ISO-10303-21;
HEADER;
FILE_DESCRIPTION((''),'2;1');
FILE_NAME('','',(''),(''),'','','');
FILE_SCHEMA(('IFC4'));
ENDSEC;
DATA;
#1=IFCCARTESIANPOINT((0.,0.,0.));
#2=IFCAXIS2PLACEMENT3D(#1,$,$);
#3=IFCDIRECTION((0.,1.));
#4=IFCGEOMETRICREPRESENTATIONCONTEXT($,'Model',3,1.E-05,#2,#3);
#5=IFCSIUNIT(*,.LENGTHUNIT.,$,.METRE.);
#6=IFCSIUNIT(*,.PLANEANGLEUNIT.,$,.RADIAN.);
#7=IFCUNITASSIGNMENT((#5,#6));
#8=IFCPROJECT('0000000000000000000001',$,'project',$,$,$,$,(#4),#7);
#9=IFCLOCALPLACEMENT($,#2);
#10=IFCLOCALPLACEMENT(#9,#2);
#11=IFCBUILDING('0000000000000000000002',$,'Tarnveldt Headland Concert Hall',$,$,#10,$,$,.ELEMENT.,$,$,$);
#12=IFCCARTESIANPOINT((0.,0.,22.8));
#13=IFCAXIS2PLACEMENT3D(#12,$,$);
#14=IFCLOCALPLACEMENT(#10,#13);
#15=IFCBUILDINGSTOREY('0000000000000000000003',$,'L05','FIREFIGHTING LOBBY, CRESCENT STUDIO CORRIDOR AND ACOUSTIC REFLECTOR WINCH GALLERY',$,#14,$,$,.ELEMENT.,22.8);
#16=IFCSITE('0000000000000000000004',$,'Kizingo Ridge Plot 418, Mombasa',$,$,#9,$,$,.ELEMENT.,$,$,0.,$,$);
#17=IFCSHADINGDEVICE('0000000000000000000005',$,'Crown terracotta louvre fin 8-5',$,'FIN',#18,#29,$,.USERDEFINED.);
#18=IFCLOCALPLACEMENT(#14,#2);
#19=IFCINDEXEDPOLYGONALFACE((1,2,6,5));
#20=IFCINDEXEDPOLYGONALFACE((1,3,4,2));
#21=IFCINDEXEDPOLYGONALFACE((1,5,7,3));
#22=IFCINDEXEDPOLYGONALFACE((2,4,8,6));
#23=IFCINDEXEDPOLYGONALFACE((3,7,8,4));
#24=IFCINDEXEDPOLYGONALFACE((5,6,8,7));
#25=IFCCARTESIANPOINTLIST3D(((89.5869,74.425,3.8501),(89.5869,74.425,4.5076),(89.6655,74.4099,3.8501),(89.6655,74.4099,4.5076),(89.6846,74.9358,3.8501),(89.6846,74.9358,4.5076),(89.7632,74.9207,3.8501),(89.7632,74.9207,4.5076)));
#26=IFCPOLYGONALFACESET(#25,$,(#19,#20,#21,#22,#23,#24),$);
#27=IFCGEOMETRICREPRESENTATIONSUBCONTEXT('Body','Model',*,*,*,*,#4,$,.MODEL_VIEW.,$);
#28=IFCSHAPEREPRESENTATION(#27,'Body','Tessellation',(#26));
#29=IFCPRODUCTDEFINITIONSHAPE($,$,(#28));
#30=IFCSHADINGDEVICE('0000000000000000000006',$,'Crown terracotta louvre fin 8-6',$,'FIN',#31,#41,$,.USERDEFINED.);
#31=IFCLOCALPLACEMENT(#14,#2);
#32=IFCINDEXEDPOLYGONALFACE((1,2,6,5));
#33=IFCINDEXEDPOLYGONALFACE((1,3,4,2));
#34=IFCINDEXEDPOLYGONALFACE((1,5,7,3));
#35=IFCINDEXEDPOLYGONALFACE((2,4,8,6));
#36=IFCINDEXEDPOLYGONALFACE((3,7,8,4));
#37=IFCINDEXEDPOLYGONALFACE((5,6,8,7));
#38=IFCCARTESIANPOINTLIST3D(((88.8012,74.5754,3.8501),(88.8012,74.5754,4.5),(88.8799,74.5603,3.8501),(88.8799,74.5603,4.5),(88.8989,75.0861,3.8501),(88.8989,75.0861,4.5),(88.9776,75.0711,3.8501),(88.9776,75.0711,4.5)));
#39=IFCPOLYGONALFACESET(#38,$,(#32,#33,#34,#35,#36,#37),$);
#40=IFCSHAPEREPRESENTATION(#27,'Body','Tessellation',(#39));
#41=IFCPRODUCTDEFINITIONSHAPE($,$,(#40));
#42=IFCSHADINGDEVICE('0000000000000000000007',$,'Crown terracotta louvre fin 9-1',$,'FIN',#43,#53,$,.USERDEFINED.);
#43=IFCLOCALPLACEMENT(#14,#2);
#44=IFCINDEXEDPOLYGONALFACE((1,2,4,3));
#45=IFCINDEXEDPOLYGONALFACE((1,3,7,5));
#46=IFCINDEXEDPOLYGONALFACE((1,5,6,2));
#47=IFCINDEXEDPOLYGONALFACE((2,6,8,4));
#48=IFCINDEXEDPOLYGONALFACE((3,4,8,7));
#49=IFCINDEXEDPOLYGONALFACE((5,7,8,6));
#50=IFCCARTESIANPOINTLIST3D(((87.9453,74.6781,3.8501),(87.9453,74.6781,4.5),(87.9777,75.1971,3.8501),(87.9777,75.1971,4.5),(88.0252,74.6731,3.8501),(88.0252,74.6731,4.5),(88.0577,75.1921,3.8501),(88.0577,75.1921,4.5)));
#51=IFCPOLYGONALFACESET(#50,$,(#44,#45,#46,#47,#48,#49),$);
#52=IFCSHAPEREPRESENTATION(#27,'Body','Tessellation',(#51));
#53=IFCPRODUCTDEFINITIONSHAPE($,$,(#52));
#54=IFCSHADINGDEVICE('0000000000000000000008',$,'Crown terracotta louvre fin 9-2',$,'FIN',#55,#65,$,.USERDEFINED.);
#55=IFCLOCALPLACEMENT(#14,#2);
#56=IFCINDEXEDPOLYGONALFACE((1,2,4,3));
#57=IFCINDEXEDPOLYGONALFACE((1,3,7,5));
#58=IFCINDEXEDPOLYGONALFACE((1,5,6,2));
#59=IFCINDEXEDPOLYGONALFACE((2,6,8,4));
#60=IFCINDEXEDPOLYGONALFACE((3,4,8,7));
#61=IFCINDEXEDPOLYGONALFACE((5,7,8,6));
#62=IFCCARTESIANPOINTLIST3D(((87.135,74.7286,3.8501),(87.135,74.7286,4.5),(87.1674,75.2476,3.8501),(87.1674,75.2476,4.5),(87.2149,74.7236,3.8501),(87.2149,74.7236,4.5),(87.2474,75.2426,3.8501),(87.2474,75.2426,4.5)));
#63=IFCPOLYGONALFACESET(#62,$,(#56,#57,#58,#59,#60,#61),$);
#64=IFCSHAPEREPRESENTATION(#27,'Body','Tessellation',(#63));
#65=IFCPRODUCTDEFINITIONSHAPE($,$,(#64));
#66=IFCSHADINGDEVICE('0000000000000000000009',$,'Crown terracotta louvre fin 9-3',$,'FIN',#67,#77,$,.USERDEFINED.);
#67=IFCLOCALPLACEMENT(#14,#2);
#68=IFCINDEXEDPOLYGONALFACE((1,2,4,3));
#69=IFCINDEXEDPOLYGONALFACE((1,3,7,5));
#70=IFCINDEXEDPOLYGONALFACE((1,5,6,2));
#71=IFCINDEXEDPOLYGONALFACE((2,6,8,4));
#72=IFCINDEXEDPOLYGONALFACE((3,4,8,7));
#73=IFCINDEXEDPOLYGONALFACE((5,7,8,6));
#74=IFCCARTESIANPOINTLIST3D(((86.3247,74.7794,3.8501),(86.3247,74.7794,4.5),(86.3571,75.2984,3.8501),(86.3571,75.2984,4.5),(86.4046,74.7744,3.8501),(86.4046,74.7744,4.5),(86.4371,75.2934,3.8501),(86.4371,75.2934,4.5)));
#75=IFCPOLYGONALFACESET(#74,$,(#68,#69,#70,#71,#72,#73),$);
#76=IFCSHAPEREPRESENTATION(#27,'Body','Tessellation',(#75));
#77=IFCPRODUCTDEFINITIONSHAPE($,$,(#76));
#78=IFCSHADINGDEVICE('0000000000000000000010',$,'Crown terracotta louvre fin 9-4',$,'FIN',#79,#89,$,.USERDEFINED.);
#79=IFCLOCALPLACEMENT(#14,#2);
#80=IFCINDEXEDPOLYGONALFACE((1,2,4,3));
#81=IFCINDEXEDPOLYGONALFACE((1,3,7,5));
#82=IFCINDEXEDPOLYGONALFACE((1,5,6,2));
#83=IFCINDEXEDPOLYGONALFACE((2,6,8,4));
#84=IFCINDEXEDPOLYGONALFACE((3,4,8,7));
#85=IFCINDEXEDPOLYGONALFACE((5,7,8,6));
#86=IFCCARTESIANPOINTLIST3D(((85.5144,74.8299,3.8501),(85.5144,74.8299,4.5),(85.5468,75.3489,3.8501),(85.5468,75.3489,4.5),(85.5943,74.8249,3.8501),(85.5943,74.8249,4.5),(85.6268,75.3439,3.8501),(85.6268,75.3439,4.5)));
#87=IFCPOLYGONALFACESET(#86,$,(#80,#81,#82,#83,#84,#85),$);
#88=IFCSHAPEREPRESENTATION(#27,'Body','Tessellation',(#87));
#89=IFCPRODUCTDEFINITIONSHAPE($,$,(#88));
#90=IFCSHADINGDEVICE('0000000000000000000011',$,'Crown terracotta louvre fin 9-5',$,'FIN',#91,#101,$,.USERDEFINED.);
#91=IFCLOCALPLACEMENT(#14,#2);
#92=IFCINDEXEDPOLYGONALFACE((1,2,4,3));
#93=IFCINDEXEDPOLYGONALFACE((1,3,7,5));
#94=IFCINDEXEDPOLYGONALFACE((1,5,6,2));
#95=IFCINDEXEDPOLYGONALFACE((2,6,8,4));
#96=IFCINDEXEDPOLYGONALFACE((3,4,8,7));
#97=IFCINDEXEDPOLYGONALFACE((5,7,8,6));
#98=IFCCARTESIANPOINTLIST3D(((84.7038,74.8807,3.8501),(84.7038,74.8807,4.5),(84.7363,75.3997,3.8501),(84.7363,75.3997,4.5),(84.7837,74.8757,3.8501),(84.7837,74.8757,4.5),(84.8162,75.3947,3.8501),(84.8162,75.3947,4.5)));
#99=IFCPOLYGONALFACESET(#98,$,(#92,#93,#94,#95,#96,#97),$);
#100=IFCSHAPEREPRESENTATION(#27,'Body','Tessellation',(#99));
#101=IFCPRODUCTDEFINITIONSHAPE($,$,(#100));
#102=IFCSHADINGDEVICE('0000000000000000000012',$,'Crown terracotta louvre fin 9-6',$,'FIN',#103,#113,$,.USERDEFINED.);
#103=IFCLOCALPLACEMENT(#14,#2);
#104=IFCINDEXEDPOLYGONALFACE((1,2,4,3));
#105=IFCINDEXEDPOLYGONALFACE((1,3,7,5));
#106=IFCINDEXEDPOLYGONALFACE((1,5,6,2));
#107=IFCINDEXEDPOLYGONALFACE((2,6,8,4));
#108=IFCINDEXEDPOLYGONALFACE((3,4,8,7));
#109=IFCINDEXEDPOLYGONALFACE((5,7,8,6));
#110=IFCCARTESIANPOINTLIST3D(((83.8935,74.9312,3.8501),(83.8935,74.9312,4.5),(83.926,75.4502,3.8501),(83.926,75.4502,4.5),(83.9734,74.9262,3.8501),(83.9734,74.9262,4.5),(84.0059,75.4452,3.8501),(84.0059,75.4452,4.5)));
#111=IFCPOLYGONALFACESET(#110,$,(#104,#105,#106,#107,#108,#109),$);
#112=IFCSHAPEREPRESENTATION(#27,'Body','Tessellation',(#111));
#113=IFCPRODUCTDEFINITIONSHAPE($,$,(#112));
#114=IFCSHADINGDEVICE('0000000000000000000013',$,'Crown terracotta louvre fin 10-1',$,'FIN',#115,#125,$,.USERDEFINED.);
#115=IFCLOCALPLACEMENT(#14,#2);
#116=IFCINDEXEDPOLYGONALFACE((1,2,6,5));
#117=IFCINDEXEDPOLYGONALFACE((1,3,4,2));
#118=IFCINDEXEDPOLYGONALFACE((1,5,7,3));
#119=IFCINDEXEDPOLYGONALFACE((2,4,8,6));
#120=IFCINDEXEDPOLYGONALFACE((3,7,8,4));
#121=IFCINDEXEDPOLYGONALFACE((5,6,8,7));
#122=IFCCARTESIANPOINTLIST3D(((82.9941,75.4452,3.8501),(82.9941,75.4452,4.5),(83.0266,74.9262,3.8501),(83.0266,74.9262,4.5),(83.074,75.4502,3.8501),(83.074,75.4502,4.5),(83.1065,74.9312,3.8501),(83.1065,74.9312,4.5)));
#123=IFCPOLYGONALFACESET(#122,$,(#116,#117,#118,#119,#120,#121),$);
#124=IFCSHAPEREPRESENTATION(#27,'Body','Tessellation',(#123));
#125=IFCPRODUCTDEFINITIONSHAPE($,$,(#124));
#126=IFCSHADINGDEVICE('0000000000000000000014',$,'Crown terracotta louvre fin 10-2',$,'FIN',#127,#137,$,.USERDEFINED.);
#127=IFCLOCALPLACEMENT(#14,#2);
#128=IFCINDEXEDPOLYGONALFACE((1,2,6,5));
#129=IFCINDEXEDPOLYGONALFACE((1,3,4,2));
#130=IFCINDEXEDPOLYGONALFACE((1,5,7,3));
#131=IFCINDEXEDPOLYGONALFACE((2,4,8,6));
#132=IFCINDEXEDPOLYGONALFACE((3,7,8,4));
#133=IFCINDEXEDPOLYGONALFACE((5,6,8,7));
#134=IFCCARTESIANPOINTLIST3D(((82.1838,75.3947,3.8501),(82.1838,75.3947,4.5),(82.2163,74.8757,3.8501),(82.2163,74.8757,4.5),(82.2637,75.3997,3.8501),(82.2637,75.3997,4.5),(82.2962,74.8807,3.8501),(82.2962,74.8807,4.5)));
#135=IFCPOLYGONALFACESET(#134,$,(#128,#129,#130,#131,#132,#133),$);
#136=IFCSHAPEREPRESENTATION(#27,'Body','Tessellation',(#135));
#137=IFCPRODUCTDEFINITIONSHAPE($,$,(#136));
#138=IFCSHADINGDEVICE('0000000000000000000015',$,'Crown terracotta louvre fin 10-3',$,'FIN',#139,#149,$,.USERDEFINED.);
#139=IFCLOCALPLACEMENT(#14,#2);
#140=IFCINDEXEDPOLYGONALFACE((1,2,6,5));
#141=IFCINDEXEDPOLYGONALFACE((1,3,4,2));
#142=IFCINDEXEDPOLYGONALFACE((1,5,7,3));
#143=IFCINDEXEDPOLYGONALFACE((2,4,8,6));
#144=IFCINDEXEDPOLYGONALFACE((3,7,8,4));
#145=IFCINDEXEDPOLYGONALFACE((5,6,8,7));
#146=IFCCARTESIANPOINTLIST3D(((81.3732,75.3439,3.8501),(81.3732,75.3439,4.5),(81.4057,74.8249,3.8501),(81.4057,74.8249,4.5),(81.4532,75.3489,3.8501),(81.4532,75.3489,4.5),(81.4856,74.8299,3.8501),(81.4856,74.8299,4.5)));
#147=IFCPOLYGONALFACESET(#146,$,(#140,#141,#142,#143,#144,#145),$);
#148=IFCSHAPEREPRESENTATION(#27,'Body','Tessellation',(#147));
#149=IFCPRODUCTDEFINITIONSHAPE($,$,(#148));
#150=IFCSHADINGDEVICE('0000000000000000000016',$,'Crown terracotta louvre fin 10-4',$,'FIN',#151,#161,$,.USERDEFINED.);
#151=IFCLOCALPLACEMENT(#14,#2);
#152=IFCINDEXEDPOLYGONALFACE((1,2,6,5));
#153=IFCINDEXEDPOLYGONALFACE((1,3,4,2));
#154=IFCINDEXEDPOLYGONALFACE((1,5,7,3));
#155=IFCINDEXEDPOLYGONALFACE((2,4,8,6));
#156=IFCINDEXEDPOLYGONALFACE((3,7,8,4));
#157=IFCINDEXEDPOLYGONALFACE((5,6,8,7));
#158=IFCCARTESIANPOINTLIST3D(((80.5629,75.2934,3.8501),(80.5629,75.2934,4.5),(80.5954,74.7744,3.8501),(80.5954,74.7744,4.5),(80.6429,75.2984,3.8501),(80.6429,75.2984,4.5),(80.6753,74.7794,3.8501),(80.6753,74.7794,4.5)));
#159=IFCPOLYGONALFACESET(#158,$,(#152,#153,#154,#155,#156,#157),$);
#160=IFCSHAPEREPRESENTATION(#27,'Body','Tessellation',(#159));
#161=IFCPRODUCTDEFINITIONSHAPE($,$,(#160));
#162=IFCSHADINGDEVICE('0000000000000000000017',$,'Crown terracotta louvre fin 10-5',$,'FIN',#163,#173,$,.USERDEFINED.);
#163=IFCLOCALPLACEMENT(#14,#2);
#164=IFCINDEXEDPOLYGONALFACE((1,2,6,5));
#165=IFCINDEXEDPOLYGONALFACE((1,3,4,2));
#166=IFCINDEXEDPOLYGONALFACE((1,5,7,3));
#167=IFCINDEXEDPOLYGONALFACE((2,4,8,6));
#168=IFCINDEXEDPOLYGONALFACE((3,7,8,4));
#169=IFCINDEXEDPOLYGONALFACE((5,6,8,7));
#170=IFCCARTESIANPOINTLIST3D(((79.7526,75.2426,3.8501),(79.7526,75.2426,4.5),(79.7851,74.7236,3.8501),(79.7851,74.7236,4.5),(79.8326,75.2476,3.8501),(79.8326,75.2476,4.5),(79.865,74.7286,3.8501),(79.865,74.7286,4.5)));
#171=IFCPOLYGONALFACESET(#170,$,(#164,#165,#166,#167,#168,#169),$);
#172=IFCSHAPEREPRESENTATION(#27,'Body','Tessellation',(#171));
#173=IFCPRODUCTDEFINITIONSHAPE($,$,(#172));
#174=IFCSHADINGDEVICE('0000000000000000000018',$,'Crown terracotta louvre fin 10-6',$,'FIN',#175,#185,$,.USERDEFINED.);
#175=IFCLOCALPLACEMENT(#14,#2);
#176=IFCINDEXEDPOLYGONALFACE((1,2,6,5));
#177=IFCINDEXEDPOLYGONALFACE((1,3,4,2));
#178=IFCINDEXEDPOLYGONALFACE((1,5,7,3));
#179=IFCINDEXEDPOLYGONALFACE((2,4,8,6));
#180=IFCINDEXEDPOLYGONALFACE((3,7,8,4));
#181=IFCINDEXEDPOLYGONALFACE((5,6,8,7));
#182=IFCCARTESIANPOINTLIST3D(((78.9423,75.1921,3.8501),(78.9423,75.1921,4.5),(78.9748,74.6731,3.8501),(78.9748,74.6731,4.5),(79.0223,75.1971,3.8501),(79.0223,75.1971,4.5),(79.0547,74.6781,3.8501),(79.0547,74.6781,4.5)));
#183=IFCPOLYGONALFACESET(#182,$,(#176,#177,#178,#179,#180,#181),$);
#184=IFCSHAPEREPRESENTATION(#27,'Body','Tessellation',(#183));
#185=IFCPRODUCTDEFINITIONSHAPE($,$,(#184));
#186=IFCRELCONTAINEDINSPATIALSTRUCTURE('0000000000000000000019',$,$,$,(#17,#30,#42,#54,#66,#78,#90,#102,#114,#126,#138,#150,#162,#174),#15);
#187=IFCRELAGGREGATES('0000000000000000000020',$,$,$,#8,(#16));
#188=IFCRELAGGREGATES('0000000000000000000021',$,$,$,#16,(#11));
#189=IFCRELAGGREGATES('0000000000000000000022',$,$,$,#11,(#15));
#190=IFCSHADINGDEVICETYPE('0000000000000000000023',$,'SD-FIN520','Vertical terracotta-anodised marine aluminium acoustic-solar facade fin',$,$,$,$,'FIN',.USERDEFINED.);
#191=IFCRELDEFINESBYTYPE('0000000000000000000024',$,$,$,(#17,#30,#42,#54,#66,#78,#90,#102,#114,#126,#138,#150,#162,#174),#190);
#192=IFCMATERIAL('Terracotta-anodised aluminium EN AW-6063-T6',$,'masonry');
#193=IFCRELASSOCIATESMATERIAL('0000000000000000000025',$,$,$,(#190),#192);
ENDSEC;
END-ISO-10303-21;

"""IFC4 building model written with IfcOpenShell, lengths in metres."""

from ifc_helpers import new_model, si_unit, direction, frame, origin, origin_2d, place, context, subcontext, project, spatial, rectangle, extrude, material, type_object, element, save


model = new_model("IFC4")

# Units and contexts
model_context = context("Model", 3, precision=1e-05, world=origin(), true_north=direction((0.0, 1.0)))
body_context = subcontext(model_context, "Body", "Model", "MODEL_VIEW")
ifc_project = project(units=[si_unit("LENGTHUNIT", "METRE"), si_unit("PLANEANGLEUNIT", "RADIAN")], contexts=[model_context])

# Site, building, storey
site_placement = place(None, origin())
site = spatial("IfcSite", under=ifc_project, at=site_placement, Name="Kizingo Ridge Plot 418, Mombasa", CompositionType="ELEMENT", RefElevation=0.0)
building_placement = place(site_placement, origin())
building = spatial("IfcBuilding", under=site, at=building_placement, Name="Tarnveldt Headland Concert Hall", CompositionType="ELEMENT")
storey_placement = place(building_placement, frame((0.0, 0.0, 22.8)))
storey = spatial("IfcBuildingStorey", under=building, at=storey_placement, Name="L05", Description="FIREFIGHTING LOBBY, CRESCENT STUDIO CORRIDOR AND ACOUSTIC REFLECTOR WINCH GALLERY", CompositionType="ELEMENT", Elevation=22.8)

# Shading devices
ifc_material_1 = material(Name="Terracotta-anodised aluminium EN AW-6063-T6", Category="masonry")
shading_device_type = type_object("IfcShadingDeviceType", Name="SD-FIN520", Description="Vertical terracotta-anodised marine aluminium acoustic-solar facade fin", ElementType="FIN", PredefinedType="USERDEFINED", material=ifc_material_1)
shading_device_1_placement = place(storey_placement, frame((89.675, 74.6729, 3.8501), z_axis=(0.0, 0.0, 1.0), x_axis=(0.187896, 0.982189, 0.0)))
element("IfcShadingDevice", 1, at=shading_device_1_placement, inside=storey, type_object=shading_device_type, Name="Crown terracotta louvre fin 8-5", ObjectType="FIN", PredefinedType="USERDEFINED", context=body_context, shape_type="SweptSolid", body=[
    extrude(rectangle(XDim=0.52, YDim=0.0801, at=origin_2d()), origin(), (0.0, 0.0, 1.0), 0.6575),
])
for number, where, z_axis, x_axis, name in (
    (2, (88.8894, 74.8232, 3.8501), (0.0, 0.0, 1.0), (0.187896, 0.982189, 0.0), "Crown terracotta louvre fin 8-6"),
    (3, (88.0015, 74.9351, 3.8501), (0.0, 0.0, 1.0), (0.062442, 0.998049, 0.0), "Crown terracotta louvre fin 9-1"),
    (4, (87.1912, 74.9856, 3.8501), (0.0, 0.0, 1.0), (0.062442, 0.998049, 0.0), "Crown terracotta louvre fin 9-2"),
    (5, (86.3809, 75.0364, 3.8501), (0.0, 0.0, 1.0), (0.062442, 0.998049, 0.0), "Crown terracotta louvre fin 9-3"),
    (6, (85.5706, 75.0869, 3.8501), (0.0, 0.0, 1.0), (0.062442, 0.998049, 0.0), "Crown terracotta louvre fin 9-4"),
    (7, (84.76, 75.1377, 3.8501), (0.0, 0.0, 1.0), (0.062442, 0.998049, 0.0), "Crown terracotta louvre fin 9-5"),
    (8, (83.9497, 75.1882, 3.8501), (0.0, 0.0, 1.0), (0.062442, 0.998049, 0.0), "Crown terracotta louvre fin 9-6"),
    (9, (83.0503, 75.1882, 3.8501), (0.0, 0.0, 1.0), (-0.062442, 0.998049, 0.0), "Crown terracotta louvre fin 10-1"),
    (10, (82.24, 75.1377, 3.8501), (0.0, 0.0, 1.0), (-0.062442, 0.998049, 0.0), "Crown terracotta louvre fin 10-2"),
    (11, (81.4294, 75.0869, 3.8501), (0.0, 0.0, 1.0), (-0.062442, 0.998049, 0.0), "Crown terracotta louvre fin 10-3"),
    (12, (80.6191, 75.0364, 3.8501), (0.0, 0.0, 1.0), (-0.062442, 0.998049, 0.0), "Crown terracotta louvre fin 10-4"),
    (13, (79.8088, 74.9856, 3.8501), (0.0, 0.0, 1.0), (-0.062442, 0.998049, 0.0), "Crown terracotta louvre fin 10-5"),
    (14, (78.9985, 74.9351, 3.8501), (0.0, 0.0, 1.0), (-0.062442, 0.998049, 0.0), "Crown terracotta louvre fin 10-6"),
):
    element("IfcShadingDevice", number, at=place(storey_placement, frame(where, z_axis=z_axis, x_axis=x_axis)), inside=storey, type_object=shading_device_type, Name=name, ObjectType="FIN", PredefinedType="USERDEFINED", context=body_context, shape_type="SweptSolid", body=[
        extrude(rectangle(XDim=0.52, YDim=0.0801, at=origin_2d()), origin(), (0.0, 0.0, 1.0), 0.6499),
    ])

save(model, "model.ifc")
